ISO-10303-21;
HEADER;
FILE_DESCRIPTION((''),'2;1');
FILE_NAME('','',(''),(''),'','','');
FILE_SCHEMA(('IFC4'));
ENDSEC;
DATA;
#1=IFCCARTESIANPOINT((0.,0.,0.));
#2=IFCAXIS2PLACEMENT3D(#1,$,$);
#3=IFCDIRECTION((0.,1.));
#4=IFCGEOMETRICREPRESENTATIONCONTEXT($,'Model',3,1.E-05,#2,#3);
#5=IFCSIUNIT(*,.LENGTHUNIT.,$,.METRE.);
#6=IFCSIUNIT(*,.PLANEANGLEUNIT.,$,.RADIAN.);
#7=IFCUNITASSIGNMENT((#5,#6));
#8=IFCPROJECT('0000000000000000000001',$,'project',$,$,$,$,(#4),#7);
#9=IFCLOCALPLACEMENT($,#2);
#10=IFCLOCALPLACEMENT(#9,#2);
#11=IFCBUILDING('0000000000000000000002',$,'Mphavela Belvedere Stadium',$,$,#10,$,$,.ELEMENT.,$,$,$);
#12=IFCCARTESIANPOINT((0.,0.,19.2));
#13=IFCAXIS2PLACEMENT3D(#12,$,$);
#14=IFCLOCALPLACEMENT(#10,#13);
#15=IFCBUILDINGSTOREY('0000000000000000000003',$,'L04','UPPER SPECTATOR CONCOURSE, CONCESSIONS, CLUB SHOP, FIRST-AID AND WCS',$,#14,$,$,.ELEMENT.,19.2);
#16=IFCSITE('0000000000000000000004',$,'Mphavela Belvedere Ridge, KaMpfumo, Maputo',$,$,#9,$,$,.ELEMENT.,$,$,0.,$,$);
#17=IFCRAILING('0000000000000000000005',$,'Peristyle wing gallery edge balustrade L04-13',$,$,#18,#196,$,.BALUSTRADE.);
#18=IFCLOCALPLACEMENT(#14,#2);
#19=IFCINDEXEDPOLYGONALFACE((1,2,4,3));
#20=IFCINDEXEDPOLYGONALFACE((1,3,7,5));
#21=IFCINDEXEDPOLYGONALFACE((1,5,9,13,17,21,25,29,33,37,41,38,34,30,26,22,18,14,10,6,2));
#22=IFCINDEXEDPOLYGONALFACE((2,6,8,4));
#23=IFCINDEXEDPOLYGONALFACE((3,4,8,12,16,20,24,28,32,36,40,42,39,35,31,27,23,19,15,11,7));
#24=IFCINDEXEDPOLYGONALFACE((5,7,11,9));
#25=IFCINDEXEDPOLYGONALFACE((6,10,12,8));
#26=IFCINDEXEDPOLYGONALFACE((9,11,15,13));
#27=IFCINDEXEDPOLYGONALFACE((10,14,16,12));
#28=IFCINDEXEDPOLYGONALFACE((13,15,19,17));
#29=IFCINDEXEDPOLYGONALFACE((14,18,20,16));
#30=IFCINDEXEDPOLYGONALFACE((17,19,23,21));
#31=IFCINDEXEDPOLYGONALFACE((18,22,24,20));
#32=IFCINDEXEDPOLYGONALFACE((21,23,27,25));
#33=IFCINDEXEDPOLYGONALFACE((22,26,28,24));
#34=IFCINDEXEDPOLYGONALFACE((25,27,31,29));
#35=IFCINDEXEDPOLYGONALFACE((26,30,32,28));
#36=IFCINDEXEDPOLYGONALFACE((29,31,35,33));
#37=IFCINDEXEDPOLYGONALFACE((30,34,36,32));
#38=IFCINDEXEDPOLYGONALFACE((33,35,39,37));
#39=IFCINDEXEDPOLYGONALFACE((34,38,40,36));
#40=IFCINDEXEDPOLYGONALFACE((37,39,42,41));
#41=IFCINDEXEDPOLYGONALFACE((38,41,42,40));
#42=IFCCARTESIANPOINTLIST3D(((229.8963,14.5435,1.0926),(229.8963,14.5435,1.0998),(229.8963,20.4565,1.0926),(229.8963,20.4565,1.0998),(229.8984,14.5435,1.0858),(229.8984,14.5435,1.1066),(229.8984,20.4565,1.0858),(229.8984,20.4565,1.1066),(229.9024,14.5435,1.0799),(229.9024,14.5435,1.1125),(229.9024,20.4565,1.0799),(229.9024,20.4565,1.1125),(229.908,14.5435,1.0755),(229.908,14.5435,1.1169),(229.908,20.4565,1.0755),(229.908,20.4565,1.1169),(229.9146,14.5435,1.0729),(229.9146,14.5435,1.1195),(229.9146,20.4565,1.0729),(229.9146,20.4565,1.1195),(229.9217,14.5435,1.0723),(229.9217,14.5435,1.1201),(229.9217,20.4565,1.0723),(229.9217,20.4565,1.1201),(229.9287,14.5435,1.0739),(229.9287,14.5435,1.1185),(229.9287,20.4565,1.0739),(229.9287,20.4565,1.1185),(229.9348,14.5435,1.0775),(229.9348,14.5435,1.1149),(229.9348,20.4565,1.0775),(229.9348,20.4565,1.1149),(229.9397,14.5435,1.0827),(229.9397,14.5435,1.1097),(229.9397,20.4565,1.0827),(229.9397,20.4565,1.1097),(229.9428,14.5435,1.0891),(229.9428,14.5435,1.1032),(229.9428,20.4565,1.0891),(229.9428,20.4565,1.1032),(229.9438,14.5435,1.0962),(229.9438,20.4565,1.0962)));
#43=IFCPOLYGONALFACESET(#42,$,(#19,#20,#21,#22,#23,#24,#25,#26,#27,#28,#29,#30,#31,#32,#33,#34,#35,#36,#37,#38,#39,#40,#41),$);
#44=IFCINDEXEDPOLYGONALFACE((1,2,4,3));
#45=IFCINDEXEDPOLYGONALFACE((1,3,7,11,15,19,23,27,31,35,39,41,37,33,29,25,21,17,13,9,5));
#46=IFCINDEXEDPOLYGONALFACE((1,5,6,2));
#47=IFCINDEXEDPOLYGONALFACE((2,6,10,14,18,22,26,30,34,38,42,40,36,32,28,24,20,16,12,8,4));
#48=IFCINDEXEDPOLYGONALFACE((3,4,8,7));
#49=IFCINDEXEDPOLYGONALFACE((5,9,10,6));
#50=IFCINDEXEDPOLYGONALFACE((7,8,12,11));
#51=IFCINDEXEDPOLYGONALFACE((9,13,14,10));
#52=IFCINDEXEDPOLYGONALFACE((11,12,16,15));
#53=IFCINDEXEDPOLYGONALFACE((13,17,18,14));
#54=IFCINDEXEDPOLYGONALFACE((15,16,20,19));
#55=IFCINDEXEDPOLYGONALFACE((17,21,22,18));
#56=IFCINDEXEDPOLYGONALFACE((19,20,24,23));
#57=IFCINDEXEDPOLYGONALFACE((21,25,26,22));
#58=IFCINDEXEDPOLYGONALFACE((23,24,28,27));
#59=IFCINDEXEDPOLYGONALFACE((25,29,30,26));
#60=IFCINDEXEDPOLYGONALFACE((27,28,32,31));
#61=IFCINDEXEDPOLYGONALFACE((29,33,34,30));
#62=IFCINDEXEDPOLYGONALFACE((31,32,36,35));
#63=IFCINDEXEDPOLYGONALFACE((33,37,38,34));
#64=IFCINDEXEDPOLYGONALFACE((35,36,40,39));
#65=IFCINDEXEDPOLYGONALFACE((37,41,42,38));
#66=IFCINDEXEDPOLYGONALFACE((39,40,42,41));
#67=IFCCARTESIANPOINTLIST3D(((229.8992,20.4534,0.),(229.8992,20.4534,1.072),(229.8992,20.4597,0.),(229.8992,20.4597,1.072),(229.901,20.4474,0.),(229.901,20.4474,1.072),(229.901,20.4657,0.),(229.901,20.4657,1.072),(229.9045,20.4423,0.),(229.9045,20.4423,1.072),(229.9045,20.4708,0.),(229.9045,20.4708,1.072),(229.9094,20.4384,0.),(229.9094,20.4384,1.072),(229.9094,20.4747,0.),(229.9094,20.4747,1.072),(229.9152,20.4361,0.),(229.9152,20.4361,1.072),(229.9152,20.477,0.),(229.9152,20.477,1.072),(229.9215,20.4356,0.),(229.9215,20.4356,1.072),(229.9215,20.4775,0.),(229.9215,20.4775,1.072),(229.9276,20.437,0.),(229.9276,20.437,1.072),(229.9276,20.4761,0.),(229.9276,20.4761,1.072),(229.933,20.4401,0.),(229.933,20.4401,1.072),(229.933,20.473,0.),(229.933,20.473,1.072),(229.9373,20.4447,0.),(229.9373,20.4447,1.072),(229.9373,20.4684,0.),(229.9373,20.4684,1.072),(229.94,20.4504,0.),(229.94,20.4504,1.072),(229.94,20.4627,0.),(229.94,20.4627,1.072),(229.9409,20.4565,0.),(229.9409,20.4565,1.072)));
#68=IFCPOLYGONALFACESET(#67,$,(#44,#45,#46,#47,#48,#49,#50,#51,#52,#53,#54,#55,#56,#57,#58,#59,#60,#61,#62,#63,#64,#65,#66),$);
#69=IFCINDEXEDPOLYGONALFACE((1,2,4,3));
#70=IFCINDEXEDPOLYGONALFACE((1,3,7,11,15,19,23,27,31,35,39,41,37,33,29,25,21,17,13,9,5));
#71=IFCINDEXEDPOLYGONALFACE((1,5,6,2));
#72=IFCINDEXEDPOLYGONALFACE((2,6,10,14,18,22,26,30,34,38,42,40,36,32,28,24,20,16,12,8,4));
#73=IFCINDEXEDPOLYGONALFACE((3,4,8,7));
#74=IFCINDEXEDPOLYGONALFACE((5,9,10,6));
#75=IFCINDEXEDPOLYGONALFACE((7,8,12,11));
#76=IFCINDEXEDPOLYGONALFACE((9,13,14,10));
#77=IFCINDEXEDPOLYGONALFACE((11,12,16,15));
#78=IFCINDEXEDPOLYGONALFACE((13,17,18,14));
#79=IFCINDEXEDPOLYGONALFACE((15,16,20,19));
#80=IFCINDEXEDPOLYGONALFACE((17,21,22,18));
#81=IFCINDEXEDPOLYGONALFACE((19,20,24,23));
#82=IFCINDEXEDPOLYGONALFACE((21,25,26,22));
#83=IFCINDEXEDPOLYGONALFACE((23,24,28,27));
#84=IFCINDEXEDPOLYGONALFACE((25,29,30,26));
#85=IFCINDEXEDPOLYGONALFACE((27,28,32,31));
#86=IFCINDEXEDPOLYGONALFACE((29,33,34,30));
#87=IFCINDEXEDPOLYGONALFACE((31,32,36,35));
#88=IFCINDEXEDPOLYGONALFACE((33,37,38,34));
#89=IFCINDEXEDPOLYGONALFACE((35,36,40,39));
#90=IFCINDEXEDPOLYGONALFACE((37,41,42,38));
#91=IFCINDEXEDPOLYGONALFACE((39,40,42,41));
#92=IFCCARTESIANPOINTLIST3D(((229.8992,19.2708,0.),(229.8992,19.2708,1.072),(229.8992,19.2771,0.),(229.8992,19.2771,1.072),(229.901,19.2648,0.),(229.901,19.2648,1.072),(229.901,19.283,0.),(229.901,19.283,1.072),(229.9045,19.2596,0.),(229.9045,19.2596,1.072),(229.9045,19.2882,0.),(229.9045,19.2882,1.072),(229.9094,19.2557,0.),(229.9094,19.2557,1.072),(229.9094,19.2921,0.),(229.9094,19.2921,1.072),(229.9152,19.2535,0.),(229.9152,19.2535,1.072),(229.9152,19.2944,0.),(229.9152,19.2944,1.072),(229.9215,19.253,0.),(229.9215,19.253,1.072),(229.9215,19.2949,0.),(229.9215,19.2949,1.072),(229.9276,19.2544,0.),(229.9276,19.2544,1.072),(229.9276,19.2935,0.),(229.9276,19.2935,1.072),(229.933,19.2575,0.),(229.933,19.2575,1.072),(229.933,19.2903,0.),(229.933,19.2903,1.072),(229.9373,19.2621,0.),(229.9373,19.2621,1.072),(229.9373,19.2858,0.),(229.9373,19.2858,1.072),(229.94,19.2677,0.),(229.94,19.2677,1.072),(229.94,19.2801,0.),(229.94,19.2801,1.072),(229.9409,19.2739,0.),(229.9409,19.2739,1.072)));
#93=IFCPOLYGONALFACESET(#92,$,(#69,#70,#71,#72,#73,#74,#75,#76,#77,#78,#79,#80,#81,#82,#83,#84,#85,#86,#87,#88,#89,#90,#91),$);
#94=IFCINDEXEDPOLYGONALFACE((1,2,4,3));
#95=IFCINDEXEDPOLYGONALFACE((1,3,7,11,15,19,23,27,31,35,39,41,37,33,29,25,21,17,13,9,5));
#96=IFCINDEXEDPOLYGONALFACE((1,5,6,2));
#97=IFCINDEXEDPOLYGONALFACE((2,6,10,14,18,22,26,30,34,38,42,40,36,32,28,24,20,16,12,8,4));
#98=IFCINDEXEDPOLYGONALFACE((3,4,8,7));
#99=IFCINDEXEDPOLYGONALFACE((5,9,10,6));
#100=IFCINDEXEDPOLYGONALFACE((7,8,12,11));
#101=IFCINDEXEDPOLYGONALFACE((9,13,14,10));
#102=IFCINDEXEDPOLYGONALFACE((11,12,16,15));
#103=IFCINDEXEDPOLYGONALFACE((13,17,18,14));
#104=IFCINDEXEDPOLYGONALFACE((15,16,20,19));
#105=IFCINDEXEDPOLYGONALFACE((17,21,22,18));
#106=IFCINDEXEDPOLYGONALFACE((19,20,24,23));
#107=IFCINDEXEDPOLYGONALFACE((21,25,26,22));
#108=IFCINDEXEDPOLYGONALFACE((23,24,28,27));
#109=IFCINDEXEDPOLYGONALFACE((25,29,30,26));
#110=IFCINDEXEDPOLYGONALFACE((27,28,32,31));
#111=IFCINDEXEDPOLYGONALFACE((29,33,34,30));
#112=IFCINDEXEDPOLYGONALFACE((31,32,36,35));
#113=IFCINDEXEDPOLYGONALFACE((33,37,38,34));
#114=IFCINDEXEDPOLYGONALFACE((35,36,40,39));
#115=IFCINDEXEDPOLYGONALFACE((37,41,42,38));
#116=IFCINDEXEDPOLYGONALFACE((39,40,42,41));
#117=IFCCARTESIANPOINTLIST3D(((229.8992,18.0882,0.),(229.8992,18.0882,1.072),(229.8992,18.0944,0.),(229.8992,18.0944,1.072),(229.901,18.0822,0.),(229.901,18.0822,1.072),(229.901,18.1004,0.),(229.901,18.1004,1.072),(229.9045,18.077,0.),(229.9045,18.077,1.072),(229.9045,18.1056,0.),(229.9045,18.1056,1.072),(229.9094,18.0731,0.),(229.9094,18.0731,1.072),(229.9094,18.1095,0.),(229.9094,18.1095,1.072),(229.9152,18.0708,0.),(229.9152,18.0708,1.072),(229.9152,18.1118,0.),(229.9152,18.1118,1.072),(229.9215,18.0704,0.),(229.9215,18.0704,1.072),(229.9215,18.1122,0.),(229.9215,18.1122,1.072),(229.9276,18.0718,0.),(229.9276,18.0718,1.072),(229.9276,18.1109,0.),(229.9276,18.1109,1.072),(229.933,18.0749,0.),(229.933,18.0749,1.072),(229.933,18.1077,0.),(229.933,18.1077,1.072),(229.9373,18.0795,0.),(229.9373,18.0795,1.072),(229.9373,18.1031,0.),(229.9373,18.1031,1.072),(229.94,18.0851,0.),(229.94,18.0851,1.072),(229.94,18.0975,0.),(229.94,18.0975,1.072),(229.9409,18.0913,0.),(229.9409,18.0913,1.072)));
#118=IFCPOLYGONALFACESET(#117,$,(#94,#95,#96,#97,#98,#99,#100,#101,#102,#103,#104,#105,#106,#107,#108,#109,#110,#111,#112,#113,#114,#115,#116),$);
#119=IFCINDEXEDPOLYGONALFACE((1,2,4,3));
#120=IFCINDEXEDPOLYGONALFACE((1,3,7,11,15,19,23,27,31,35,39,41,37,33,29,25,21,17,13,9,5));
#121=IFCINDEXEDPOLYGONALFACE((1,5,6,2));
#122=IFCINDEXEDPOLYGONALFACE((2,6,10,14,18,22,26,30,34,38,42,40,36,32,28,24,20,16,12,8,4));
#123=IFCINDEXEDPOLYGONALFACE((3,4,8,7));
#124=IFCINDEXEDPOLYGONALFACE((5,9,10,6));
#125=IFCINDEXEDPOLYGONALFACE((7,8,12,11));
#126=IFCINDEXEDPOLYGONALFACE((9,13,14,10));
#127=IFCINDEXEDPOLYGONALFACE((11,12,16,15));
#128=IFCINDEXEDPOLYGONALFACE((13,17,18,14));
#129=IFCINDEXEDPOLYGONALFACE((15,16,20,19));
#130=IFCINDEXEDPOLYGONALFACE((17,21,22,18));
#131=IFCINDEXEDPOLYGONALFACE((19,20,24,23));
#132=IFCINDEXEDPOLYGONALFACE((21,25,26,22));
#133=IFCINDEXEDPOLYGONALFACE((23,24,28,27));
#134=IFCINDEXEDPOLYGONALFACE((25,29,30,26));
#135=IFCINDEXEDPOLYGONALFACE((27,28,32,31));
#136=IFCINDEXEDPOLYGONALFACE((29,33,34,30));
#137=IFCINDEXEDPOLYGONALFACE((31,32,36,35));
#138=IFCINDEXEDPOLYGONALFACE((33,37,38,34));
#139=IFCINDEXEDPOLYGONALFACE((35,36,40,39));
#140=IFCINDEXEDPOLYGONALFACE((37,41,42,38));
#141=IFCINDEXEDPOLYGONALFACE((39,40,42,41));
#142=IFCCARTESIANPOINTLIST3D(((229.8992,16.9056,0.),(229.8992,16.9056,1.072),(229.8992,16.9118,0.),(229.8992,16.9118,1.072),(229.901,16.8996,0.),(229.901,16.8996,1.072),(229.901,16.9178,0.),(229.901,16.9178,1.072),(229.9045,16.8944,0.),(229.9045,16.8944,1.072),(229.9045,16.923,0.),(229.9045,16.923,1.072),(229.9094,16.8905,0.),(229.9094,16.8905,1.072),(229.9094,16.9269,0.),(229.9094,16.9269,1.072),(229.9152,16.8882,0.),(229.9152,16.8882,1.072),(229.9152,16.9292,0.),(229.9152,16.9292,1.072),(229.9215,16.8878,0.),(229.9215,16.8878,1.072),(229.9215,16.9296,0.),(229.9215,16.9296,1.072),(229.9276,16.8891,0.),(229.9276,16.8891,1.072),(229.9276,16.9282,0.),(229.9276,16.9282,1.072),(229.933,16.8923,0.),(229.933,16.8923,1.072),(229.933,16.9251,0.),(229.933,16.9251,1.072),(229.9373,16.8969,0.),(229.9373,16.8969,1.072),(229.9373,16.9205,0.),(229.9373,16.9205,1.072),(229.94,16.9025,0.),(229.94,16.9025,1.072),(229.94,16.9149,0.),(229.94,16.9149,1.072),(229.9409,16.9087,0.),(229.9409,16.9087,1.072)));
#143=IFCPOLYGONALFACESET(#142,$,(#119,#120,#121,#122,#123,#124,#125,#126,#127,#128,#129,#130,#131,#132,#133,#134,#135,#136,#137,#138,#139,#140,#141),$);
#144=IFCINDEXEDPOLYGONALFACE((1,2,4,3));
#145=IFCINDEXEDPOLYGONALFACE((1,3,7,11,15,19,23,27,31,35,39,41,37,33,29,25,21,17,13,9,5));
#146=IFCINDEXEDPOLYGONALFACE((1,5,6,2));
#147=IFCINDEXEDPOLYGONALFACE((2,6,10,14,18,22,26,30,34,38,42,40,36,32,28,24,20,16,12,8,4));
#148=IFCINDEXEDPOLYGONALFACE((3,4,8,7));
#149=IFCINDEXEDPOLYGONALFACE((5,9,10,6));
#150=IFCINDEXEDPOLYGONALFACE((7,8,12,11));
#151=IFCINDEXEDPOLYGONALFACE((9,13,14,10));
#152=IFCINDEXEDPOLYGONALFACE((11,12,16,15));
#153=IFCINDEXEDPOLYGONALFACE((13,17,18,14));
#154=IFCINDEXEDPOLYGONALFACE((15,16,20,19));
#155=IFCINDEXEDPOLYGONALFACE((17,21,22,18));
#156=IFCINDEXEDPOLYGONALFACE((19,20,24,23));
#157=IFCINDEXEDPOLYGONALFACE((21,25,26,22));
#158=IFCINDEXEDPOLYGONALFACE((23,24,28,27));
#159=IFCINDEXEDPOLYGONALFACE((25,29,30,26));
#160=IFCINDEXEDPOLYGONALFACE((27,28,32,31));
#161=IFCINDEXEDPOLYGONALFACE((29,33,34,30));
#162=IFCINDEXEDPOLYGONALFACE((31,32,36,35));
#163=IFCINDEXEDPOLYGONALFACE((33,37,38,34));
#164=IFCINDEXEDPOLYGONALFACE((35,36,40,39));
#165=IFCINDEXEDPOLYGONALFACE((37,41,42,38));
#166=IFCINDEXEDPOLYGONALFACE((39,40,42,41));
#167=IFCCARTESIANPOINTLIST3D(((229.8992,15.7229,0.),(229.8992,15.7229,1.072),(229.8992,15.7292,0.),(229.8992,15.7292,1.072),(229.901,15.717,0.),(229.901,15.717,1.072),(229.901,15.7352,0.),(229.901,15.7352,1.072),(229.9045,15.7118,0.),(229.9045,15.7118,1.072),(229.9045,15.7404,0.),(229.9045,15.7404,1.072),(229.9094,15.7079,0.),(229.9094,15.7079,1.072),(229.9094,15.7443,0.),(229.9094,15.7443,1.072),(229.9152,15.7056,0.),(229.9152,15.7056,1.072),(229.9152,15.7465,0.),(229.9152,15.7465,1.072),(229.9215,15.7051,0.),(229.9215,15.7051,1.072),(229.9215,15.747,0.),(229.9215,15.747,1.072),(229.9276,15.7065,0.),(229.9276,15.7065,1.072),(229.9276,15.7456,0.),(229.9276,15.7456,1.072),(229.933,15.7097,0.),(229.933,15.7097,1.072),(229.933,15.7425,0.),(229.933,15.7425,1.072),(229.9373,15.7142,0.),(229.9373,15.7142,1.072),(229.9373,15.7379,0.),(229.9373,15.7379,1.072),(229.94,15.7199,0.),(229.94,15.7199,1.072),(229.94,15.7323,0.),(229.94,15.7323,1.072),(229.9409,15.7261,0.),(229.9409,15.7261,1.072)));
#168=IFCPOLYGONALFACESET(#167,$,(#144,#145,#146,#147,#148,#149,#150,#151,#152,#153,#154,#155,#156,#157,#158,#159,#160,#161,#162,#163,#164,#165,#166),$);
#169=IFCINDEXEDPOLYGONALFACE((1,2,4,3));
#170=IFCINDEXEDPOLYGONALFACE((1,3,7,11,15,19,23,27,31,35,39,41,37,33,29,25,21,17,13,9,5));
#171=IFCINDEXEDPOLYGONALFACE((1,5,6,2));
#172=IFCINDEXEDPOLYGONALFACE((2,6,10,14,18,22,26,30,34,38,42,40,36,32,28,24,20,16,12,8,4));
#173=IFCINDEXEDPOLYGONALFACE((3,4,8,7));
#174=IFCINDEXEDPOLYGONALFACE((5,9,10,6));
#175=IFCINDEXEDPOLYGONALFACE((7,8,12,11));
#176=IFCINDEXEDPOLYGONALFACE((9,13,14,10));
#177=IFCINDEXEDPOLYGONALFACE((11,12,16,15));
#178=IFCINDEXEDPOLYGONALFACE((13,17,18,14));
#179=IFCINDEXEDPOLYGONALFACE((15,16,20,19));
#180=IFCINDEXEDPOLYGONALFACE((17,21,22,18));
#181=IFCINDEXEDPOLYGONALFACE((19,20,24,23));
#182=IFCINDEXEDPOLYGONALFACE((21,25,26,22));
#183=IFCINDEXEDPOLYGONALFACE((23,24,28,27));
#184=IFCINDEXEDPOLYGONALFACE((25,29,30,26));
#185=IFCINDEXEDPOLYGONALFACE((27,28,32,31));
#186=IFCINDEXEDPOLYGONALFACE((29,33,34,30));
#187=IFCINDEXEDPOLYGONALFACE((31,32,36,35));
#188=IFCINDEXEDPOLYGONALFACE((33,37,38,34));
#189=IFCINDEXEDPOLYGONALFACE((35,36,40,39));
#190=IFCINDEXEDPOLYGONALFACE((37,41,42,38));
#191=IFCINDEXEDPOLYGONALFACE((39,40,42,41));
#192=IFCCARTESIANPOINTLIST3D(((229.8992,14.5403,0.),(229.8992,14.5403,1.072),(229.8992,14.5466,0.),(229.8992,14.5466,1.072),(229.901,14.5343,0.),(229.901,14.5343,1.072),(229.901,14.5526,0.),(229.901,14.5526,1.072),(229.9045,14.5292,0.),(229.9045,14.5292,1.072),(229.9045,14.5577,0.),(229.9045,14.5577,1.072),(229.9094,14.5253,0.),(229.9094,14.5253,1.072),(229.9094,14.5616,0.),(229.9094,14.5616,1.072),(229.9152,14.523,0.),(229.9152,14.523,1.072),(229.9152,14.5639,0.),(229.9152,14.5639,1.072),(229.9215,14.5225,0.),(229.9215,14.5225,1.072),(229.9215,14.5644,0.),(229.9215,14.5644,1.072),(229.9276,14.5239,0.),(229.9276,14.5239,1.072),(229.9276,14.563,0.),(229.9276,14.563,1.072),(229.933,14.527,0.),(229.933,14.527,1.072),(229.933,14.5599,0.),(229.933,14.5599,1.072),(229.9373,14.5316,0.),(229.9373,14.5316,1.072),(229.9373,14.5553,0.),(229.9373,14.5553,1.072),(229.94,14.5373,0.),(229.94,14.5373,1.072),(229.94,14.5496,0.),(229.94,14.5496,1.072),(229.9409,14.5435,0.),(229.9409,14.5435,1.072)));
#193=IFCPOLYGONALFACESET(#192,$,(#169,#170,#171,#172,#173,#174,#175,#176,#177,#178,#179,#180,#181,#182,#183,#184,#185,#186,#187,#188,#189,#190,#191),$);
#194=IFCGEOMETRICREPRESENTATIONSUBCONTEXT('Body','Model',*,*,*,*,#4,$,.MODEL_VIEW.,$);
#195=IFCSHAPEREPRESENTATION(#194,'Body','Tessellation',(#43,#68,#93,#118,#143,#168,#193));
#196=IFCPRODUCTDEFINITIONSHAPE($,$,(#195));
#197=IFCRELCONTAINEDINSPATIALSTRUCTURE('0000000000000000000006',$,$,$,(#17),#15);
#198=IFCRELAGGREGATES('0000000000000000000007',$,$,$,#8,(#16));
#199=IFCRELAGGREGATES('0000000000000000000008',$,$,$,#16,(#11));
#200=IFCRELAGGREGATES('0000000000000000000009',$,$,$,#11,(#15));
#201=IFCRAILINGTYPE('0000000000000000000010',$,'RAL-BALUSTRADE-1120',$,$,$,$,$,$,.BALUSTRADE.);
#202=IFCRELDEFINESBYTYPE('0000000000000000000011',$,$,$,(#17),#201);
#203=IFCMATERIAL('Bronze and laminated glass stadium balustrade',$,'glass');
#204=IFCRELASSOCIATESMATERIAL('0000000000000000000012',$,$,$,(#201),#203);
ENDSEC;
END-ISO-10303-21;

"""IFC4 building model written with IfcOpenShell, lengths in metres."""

from ifc_helpers import new_model, si_unit, direction, frame, origin, origin_2d, place, context, subcontext, project, spatial, circle, extrude, material, type_object, element, save


model = new_model("IFC4")

# Units and contexts
model_context = context("Model", 3, precision=1e-05, world=origin(), true_north=direction((0.0, 1.0)))
body_context = subcontext(model_context, "Body", "Model", "MODEL_VIEW")
ifc_project = project(units=[si_unit("LENGTHUNIT", "METRE"), si_unit("PLANEANGLEUNIT", "RADIAN")], contexts=[model_context])

# Site, building, storey
site_placement = place(None, origin())
site = spatial("IfcSite", under=ifc_project, at=site_placement, Name="Mphavela Belvedere Ridge, KaMpfumo, Maputo", CompositionType="ELEMENT", RefElevation=0.0)
building_placement = place(site_placement, origin())
building = spatial("IfcBuilding", under=site, at=building_placement, Name="Mphavela Belvedere Stadium", CompositionType="ELEMENT")
storey_placement = place(building_placement, frame((0.0, 0.0, 19.2)))
storey = spatial("IfcBuildingStorey", under=building, at=storey_placement, Name="L04", Description="UPPER SPECTATOR CONCOURSE, CONCESSIONS, CLUB SHOP, FIRST-AID AND WCS", CompositionType="ELEMENT", Elevation=19.2)

# Railing
ifc_material_1 = material(Name="Bronze and laminated glass stadium balustrade", Category="glass")
railing_type = type_object("IfcRailingType", Name="RAL-BALUSTRADE-1120", PredefinedType="BALUSTRADE", material=ifc_material_1)
for number, where, name in (
    (1, (229.9199, 20.4565, 0.0), "Peristyle wing gallery edge balustrade L04-13"),
):
    element("IfcRailing", number, at=place(storey_placement, frame(where)), inside=storey, type_object=railing_type, Name=name, PredefinedType="BALUSTRADE", context=body_context, shape_type="SweptSolid", body=[
        extrude(circle(Radius=0.0239, at=origin_2d()), frame((0.0, 0.0, 1.0962), z_axis=(0.0, -1.0, 0.0), x_axis=(1.0, 0.0, 0.0)), (0.0, 0.0, 1.0), 5.9131),
        extrude(circle(Radius=0.021, at=origin_2d()), origin(), (0.0, 0.0, 1.0), 1.072),
        extrude(circle(Radius=0.021, at=origin_2d()), frame((0.0, -1.1826, 0.0)), (0.0, 0.0, 1.0), 1.072),
        extrude(circle(Radius=0.021, at=origin_2d()), frame((0.0, -2.3652, 0.0)), (0.0, 0.0, 1.0), 1.072),
        extrude(circle(Radius=0.021, at=origin_2d()), frame((0.0, -3.5479, 0.0)), (0.0, 0.0, 1.0), 1.072),
        extrude(circle(Radius=0.021, at=origin_2d()), frame((0.0, -4.7305, 0.0)), (0.0, 0.0, 1.0), 1.072),
        extrude(circle(Radius=0.021, at=origin_2d()), frame((0.0, -5.9131, 0.0)), (0.0, 0.0, 1.0), 1.072),
    ])

save(model, "model.ifc")
